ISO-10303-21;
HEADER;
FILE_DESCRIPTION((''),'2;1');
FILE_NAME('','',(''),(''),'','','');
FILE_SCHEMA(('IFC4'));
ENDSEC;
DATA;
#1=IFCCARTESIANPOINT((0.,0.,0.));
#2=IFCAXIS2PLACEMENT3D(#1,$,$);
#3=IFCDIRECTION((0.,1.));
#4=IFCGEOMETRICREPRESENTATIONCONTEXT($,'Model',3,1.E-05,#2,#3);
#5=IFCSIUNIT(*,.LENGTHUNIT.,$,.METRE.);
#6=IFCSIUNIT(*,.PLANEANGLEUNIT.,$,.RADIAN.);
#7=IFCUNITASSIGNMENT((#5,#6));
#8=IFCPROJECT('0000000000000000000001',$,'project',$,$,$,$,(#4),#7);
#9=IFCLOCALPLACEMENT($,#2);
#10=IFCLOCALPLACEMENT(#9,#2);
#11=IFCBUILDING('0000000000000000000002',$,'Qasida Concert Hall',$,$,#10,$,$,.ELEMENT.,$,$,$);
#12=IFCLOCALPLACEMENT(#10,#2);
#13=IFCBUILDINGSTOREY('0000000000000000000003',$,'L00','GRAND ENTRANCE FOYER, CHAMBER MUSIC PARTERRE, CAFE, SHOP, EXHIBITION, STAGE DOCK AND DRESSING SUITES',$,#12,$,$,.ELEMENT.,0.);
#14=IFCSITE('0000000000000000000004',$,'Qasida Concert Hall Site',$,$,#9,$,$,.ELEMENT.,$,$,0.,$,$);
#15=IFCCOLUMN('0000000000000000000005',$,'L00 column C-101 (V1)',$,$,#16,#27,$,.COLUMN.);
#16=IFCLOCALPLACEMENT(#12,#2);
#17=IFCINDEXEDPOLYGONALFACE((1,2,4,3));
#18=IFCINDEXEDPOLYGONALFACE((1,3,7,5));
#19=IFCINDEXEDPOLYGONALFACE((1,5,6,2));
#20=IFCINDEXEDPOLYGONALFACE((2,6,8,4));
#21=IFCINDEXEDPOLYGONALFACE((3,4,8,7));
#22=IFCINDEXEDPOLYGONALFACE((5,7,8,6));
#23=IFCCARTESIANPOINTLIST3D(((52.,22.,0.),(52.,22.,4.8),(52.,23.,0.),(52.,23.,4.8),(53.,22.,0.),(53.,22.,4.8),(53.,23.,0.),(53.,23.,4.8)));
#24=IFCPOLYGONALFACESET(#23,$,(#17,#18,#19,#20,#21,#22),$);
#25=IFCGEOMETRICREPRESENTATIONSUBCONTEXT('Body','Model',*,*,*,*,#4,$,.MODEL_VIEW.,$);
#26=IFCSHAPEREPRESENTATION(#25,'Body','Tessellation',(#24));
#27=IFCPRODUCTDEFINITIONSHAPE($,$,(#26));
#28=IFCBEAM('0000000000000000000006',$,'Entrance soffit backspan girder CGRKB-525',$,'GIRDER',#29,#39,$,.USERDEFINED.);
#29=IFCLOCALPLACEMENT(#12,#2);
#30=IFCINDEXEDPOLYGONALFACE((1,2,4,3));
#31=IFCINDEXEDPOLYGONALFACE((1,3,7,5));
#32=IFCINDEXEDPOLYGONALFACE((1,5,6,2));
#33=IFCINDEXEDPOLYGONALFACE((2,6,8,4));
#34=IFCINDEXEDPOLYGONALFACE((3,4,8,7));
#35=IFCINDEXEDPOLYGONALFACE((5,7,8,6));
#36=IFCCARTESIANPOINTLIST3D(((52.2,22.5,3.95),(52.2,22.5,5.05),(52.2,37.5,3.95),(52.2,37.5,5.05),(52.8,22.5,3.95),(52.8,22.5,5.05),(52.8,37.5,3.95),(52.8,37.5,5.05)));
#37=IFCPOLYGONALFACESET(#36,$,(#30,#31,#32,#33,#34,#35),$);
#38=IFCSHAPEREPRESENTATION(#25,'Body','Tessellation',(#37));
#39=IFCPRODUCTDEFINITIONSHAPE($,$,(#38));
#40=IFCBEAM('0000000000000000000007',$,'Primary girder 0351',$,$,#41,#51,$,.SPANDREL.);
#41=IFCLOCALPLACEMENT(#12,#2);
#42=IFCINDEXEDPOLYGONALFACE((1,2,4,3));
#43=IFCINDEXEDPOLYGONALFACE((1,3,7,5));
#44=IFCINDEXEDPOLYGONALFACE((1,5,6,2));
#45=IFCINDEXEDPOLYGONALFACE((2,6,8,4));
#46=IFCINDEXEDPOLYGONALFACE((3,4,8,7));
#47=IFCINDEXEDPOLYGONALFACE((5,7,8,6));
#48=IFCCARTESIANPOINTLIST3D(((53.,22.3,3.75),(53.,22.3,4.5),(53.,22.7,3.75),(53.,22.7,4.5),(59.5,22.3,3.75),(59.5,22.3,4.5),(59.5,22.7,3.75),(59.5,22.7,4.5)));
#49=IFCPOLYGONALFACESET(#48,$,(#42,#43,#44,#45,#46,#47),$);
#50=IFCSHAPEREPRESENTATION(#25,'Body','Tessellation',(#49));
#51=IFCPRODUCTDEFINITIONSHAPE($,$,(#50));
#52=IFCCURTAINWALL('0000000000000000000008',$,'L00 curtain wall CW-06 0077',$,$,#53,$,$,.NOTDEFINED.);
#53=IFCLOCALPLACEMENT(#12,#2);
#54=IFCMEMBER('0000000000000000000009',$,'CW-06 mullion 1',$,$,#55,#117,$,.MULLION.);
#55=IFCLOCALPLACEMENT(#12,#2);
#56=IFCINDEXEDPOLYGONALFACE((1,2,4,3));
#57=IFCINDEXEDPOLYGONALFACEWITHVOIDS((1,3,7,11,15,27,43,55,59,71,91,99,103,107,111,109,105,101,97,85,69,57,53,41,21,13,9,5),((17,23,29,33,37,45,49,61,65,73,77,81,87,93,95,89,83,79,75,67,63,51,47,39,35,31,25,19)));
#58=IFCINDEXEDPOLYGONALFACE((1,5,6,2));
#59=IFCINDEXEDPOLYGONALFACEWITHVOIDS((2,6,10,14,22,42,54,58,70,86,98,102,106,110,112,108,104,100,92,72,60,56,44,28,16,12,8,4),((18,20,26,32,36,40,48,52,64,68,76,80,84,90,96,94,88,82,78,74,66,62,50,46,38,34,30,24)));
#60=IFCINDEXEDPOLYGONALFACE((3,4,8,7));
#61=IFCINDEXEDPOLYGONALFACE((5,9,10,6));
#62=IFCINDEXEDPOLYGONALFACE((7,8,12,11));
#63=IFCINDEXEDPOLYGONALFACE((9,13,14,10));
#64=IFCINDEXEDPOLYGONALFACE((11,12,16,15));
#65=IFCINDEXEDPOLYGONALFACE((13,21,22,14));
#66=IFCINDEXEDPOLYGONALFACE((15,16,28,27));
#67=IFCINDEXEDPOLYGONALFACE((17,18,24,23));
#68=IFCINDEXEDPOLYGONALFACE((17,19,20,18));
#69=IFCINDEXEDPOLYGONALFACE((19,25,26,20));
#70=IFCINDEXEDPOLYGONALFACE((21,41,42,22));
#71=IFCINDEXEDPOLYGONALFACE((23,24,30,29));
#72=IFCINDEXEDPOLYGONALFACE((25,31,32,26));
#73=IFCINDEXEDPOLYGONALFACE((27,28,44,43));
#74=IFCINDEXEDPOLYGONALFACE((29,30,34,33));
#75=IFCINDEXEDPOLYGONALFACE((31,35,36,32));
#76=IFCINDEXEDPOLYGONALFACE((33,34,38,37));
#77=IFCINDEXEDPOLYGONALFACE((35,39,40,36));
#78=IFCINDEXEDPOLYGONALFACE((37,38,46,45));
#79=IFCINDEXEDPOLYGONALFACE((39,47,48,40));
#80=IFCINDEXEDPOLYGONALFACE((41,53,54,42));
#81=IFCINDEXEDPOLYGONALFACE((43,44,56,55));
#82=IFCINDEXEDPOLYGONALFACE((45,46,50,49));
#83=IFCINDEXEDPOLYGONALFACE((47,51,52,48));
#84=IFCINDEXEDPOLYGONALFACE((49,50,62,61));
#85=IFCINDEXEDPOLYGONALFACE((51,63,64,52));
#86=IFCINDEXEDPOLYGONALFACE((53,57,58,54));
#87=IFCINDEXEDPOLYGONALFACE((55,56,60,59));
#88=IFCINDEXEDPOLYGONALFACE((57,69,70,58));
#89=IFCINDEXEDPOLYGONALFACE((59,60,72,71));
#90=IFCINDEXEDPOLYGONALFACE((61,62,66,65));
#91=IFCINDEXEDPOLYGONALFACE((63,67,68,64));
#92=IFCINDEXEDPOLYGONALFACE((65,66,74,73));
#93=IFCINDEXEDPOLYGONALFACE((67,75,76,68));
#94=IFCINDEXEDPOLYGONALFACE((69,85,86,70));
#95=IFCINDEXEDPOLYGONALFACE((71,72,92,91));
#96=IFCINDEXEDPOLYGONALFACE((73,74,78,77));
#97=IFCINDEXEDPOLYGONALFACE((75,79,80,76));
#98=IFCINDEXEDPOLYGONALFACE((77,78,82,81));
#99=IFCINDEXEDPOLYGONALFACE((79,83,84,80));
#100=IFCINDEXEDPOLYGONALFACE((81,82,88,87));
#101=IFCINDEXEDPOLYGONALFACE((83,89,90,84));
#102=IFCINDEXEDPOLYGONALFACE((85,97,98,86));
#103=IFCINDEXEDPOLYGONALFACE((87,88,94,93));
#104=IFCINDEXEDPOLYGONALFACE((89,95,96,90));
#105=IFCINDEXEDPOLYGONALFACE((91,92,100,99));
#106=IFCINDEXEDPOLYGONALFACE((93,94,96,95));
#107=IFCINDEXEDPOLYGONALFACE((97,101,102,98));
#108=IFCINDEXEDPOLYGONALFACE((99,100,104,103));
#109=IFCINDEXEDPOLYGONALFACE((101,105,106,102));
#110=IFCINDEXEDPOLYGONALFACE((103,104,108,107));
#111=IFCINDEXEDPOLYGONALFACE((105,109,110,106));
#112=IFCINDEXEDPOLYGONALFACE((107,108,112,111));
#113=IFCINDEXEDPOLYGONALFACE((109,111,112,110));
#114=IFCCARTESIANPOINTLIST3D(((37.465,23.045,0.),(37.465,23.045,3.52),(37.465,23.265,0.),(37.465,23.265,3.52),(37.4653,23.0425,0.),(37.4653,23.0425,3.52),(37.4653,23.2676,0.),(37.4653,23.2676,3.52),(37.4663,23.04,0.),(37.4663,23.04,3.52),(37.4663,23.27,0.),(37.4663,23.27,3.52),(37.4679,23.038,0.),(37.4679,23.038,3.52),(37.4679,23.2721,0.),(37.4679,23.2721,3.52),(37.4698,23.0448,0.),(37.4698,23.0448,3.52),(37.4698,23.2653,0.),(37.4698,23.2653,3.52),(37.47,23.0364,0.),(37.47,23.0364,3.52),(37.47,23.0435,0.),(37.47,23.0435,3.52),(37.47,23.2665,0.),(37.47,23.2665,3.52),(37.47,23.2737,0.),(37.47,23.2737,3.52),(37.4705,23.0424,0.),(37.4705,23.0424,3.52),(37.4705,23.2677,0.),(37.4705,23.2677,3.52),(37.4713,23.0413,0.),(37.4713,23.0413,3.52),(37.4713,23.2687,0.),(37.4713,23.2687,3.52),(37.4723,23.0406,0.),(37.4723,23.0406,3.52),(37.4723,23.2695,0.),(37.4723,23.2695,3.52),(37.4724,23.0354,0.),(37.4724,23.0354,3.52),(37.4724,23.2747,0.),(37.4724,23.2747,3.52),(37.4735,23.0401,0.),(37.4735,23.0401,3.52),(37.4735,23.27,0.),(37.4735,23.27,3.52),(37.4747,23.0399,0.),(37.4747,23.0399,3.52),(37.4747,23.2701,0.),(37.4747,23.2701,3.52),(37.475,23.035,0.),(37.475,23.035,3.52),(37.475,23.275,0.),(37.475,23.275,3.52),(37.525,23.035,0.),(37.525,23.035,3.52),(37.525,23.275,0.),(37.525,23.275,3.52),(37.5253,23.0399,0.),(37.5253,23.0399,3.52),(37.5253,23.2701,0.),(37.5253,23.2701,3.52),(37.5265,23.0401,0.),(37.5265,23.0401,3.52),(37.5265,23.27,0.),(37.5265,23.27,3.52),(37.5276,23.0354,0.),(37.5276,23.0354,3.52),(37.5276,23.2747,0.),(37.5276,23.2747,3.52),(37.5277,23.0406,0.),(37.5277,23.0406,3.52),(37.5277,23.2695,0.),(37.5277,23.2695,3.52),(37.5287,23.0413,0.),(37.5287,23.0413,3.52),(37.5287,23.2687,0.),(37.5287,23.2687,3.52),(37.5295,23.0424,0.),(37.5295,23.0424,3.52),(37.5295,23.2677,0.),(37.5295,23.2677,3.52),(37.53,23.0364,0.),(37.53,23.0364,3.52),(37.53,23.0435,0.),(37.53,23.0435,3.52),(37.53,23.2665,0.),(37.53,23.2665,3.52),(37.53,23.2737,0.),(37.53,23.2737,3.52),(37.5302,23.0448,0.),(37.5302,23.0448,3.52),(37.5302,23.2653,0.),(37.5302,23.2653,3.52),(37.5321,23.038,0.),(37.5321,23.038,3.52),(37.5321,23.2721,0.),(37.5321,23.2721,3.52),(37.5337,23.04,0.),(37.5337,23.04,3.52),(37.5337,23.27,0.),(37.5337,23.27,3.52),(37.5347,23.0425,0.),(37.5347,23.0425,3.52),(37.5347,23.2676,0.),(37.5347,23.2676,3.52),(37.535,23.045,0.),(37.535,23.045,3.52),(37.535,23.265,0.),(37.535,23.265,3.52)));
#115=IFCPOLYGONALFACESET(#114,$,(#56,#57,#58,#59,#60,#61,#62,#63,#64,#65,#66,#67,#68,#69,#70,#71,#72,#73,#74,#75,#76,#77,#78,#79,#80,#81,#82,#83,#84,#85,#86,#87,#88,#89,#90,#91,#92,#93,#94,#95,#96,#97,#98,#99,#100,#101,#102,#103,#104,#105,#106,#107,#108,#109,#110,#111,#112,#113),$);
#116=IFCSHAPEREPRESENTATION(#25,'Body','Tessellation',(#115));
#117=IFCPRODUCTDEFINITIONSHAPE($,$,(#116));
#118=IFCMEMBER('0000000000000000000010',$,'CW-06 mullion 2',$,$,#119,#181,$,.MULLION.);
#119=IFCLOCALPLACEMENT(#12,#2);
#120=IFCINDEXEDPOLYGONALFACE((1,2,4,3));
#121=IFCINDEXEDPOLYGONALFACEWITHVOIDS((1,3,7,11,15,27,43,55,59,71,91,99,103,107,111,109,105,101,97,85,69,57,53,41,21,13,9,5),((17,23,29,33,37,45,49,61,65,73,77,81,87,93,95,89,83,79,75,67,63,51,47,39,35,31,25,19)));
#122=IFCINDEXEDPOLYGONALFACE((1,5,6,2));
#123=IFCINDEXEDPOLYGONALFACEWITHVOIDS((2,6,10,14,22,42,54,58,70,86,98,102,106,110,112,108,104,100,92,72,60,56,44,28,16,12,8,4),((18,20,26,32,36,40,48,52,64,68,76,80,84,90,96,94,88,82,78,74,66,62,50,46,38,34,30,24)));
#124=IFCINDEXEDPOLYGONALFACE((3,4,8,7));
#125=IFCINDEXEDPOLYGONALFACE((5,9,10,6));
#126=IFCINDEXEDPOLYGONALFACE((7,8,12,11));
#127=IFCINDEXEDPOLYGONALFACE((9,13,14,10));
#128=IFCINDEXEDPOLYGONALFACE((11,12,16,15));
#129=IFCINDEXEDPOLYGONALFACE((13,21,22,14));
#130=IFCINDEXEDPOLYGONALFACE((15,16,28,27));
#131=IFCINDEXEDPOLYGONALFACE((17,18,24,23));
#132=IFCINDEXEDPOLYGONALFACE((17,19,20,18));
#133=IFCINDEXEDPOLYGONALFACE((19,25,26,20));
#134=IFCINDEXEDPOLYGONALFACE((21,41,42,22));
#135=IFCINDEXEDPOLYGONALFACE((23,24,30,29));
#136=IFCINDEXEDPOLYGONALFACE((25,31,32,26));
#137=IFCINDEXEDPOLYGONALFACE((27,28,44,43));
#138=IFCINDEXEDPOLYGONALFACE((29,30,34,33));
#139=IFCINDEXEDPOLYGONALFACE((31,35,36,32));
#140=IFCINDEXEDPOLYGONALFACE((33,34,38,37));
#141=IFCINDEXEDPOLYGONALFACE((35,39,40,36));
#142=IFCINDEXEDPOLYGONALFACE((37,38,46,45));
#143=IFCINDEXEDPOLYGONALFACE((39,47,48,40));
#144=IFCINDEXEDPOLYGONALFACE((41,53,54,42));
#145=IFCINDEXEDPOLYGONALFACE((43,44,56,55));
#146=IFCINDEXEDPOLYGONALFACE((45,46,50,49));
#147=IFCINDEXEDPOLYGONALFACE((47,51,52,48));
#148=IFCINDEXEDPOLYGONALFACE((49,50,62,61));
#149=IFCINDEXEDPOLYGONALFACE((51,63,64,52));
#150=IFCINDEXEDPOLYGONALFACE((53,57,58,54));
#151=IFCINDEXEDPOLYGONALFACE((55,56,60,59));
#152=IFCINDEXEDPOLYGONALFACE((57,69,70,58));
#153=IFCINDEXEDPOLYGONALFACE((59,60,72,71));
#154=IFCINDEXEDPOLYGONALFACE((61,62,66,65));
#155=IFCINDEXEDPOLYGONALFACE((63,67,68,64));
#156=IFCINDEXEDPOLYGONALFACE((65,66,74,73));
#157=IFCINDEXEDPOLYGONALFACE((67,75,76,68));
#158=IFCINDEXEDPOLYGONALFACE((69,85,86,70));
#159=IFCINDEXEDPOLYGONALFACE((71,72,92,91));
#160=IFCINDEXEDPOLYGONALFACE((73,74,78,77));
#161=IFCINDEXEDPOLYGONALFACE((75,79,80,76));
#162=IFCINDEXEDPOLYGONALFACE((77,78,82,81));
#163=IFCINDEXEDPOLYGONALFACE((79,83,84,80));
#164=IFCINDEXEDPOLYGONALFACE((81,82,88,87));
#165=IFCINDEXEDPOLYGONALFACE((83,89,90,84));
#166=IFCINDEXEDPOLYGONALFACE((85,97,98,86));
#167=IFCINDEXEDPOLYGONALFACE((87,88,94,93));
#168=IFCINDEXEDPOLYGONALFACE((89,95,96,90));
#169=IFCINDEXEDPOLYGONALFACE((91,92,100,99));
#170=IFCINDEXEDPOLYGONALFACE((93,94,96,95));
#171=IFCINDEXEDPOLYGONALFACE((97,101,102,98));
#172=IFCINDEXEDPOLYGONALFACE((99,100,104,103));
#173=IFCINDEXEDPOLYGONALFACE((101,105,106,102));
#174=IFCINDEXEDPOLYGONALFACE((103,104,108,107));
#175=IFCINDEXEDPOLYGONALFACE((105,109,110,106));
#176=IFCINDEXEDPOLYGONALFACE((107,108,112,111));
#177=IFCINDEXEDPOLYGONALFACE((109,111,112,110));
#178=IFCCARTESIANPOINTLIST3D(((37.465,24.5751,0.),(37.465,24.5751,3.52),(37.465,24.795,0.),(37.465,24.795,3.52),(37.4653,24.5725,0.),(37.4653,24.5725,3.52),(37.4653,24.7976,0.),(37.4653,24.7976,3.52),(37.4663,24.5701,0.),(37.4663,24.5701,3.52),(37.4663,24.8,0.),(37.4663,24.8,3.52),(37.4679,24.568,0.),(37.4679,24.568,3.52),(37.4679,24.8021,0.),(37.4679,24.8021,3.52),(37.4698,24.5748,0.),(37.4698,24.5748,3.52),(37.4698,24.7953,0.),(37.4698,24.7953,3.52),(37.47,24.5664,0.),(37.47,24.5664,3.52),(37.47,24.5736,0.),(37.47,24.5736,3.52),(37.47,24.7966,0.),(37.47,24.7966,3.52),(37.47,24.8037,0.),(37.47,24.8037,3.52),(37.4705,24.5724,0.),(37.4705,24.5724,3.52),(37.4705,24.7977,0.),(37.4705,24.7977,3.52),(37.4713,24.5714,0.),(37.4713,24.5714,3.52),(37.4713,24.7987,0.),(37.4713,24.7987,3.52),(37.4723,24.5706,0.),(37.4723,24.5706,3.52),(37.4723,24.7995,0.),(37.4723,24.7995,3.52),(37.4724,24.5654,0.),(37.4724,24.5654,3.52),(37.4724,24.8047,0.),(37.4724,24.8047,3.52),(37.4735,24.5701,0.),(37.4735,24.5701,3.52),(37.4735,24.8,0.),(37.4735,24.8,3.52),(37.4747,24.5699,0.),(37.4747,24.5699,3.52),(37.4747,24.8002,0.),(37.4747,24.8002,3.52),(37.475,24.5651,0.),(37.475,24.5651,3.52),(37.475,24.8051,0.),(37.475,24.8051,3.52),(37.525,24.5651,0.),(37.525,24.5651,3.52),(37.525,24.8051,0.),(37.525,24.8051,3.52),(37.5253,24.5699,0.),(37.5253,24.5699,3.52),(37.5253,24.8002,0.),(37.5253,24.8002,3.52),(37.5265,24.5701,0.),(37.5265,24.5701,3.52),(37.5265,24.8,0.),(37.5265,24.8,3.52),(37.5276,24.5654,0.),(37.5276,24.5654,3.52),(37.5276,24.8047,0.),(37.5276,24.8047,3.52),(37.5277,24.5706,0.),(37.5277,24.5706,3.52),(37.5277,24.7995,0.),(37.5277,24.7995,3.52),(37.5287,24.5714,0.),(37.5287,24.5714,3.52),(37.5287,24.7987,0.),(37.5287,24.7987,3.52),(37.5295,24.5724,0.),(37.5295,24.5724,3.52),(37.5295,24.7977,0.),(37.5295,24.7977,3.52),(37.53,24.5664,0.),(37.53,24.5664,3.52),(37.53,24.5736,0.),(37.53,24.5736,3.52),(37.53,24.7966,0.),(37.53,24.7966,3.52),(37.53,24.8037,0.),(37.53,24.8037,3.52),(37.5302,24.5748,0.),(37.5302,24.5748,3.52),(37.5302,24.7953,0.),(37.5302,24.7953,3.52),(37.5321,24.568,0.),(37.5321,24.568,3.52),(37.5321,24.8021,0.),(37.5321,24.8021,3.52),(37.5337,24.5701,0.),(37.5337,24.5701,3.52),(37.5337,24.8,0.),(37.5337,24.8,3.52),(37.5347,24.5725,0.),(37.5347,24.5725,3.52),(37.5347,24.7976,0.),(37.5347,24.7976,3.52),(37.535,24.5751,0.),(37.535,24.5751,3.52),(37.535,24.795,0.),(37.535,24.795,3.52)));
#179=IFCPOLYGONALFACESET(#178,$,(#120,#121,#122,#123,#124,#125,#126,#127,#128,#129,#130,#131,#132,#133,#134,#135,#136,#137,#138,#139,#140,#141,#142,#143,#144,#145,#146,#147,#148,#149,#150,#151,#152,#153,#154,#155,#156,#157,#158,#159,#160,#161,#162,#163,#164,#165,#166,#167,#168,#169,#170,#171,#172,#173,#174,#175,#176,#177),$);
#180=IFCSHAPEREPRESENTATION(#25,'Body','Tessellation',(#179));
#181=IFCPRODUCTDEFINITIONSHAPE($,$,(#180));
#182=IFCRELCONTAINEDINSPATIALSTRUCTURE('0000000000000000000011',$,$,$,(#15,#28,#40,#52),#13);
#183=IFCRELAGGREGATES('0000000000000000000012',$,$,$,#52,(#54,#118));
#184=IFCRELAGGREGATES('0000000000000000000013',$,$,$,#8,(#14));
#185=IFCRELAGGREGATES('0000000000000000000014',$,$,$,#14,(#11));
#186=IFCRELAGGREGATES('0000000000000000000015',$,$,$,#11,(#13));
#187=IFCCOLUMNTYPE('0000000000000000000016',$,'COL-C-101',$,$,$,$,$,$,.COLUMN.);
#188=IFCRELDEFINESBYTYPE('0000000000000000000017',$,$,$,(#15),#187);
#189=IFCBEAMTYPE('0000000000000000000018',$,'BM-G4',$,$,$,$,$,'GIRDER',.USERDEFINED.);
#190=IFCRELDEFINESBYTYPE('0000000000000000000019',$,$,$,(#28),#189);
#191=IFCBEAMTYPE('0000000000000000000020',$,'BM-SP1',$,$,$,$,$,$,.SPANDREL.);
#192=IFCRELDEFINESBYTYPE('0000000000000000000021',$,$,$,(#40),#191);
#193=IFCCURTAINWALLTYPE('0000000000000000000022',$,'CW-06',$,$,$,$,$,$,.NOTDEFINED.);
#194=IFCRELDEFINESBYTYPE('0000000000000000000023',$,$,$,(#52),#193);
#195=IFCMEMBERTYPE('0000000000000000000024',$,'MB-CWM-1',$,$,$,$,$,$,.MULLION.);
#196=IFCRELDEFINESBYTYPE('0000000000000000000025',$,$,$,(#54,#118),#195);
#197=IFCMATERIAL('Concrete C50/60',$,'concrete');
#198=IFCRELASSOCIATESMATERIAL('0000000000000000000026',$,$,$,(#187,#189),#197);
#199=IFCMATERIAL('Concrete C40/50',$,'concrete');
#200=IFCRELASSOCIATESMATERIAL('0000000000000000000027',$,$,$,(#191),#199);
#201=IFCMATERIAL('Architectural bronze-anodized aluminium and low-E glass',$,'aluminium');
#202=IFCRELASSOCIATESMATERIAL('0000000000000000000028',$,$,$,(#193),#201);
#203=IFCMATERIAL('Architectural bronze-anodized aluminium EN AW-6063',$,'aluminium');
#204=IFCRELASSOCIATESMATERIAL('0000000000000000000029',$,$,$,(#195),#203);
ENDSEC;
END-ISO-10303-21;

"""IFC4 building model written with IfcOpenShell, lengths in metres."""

from ifc_helpers import new_model, si_unit, direction, frame, origin, origin_2d, place, context, subcontext, project, spatial, rectangle, hollow_rectangle, extrude, material, material_profile, profile_set, type_object, element, aggregate, save


model = new_model("IFC4")

# Units and contexts
model_context = context("Model", 3, precision=1e-05, world=origin(), true_north=direction((0.0, 1.0)))
body_context = subcontext(model_context, "Body", "Model", "MODEL_VIEW")
ifc_project = project(units=[si_unit("LENGTHUNIT", "METRE"), si_unit("PLANEANGLEUNIT", "RADIAN")], contexts=[model_context])

# Site, building, storey
site_placement = place(None, origin())
site = spatial("IfcSite", under=ifc_project, at=site_placement, Name="Qasida Concert Hall Site", CompositionType="ELEMENT", RefElevation=0.0)
building_placement = place(site_placement, origin())
building = spatial("IfcBuilding", under=site, at=building_placement, Name="Qasida Concert Hall", CompositionType="ELEMENT")
storey_placement = place(building_placement, origin())
storey = spatial("IfcBuildingStorey", under=building, at=storey_placement, Name="L00", Description="GRAND ENTRANCE FOYER, CHAMBER MUSIC PARTERRE, CAFE, SHOP, EXHIBITION, STAGE DOCK AND DRESSING SUITES", CompositionType="ELEMENT", Elevation=0.0)

# Column
ifc_material_1 = material(Name="Concrete C50/60", Category="concrete")
ifc_material_profile_1 = material_profile(ifc_material_1, rectangle(XDim=1.0, YDim=1.0, at=origin_2d()), Name="RC 1000x1000")
ifc_profile_set_1 = profile_set([ifc_material_profile_1], Name="Concrete C50/60")
column_type = type_object("IfcColumnType", Name="COL-C-101", PredefinedType="COLUMN", material=ifc_profile_set_1)
column_placement = place(storey_placement, frame((52.5, 22.5, 0.0), z_axis=(0.0, 0.0, 1.0), x_axis=(1.0, 0.0, 0.0)))
element("IfcColumn", 1, at=column_placement, inside=storey, type_object=column_type, Name="L00 column C-101 (V1)", PredefinedType="COLUMN", context=body_context, shape_type="SweptSolid", body=[
    extrude(rectangle(XDim=1.0, YDim=1.0, at=origin_2d()), origin(), (0.0, 0.0, 1.0), 4.8),
])

# Beams
ifc_material_profile_2 = material_profile(ifc_material_1, rectangle(XDim=0.6001, YDim=1.1001, at=origin_2d()), Name="RC 600x1100")
ifc_profile_set_2 = profile_set([ifc_material_profile_2], Name="Concrete C50/60")
beam_type_1 = type_object("IfcBeamType", Name="BM-G4", ElementType="GIRDER", PredefinedType="USERDEFINED", material=ifc_profile_set_2)
beam_1_placement = place(storey_placement, frame((52.5, 22.5, 4.5), z_axis=(0.0, 1.0, 0.0), x_axis=(-1.0, 0.0, 0.0)))
element("IfcBeam", 2, at=beam_1_placement, inside=storey, type_object=beam_type_1, Name="Entrance soffit backspan girder CGRKB-525", ObjectType="GIRDER", PredefinedType="USERDEFINED", context=body_context, shape_type="SweptSolid", body=[
    extrude(rectangle(XDim=0.6001, YDim=1.1001, at=origin_2d()), origin(), (0.0, 0.0, 1.0), 15.0),
])
ifc_material_2 = material(Name="Concrete C40/50", Category="concrete")
ifc_material_profile_3 = material_profile(ifc_material_2, rectangle(XDim=0.3999, YDim=0.75, at=origin_2d()), Name="RC 400x750")
ifc_profile_set_3 = profile_set([ifc_material_profile_3], Name="Concrete C40/50")
beam_type_2 = type_object("IfcBeamType", Name="BM-SP1", PredefinedType="SPANDREL", material=ifc_profile_set_3)
beam_2_placement = place(storey_placement, frame((53.0, 22.5, 4.125), z_axis=(1.0, 0.0, 0.0), x_axis=(0.0, 1.0, 0.0)))
element("IfcBeam", 3, at=beam_2_placement, inside=storey, type_object=beam_type_2, Name="Primary girder 0351", PredefinedType="SPANDREL", context=body_context, shape_type="SweptSolid", body=[
    extrude(rectangle(XDim=0.3999, YDim=0.75, at=origin_2d()), origin(), (0.0, 0.0, 1.0), 6.5),
])

# Curtain wall, members
ifc_material_3 = material(Name="Architectural bronze-anodized aluminium and low-E glass", Category="aluminium")
curtain_wall_type = type_object("IfcCurtainWallType", Name="CW-06", PredefinedType="NOTDEFINED", material=ifc_material_3)
curtain_wall_placement = place(storey_placement, origin())
curtain_wall = element("IfcCurtainWall", 4, at=curtain_wall_placement, inside=storey, type_object=curtain_wall_type, Name="L00 curtain wall CW-06 0077", PredefinedType="NOTDEFINED")
ifc_material_4 = material(Name="Architectural bronze-anodized aluminium EN AW-6063", Category="aluminium")
ifc_material_profile_4 = material_profile(ifc_material_4, hollow_rectangle(XDim=0.0701, YDim=0.24, WallThickness=0.0049, InnerFilletRadius=0.0049, OuterFilletRadius=0.01, at=origin_2d()), Name="CWM 240x70x5")
ifc_profile_set_4 = profile_set([ifc_material_profile_4], Name="Architectural bronze-anodized aluminium EN AW-6063")
member_type_1 = type_object("IfcMemberType", Name="MB-CWM-1", PredefinedType="MULLION", material=ifc_profile_set_4)
member_1_placement = place(storey_placement, frame((37.5, 23.155, 0.0), z_axis=(0.0, 0.0, 1.0), x_axis=(-1.0, 0.0, 0.0)))
member_1 = element("IfcMember", 5, at=member_1_placement, type_object=member_type_1, Name="CW-06 mullion 1", PredefinedType="MULLION", context=body_context, shape_type="SweptSolid", body=[
    extrude(hollow_rectangle(XDim=0.0701, YDim=0.24, WallThickness=0.0049, InnerFilletRadius=0.0049, OuterFilletRadius=0.01, at=origin_2d()), origin(), (0.0, 0.0, 1.0), 3.52),
])
member_2_placement = place(storey_placement, frame((37.5, 24.6851, 0.0), z_axis=(0.0, 0.0, 1.0), x_axis=(-1.0, 0.0, 0.0)))
member_2 = element("IfcMember", 6, at=member_2_placement, type_object=member_type_1, Name="CW-06 mullion 2", PredefinedType="MULLION", context=body_context, shape_type="SweptSolid", body=[
    extrude(hollow_rectangle(XDim=0.0701, YDim=0.24, WallThickness=0.0049, InnerFilletRadius=0.0049, OuterFilletRadius=0.01, at=origin_2d()), origin(), (0.0, 0.0, 1.0), 3.52),
])
aggregate(curtain_wall, [member_1, member_2])

save(model, "model.ifc")
